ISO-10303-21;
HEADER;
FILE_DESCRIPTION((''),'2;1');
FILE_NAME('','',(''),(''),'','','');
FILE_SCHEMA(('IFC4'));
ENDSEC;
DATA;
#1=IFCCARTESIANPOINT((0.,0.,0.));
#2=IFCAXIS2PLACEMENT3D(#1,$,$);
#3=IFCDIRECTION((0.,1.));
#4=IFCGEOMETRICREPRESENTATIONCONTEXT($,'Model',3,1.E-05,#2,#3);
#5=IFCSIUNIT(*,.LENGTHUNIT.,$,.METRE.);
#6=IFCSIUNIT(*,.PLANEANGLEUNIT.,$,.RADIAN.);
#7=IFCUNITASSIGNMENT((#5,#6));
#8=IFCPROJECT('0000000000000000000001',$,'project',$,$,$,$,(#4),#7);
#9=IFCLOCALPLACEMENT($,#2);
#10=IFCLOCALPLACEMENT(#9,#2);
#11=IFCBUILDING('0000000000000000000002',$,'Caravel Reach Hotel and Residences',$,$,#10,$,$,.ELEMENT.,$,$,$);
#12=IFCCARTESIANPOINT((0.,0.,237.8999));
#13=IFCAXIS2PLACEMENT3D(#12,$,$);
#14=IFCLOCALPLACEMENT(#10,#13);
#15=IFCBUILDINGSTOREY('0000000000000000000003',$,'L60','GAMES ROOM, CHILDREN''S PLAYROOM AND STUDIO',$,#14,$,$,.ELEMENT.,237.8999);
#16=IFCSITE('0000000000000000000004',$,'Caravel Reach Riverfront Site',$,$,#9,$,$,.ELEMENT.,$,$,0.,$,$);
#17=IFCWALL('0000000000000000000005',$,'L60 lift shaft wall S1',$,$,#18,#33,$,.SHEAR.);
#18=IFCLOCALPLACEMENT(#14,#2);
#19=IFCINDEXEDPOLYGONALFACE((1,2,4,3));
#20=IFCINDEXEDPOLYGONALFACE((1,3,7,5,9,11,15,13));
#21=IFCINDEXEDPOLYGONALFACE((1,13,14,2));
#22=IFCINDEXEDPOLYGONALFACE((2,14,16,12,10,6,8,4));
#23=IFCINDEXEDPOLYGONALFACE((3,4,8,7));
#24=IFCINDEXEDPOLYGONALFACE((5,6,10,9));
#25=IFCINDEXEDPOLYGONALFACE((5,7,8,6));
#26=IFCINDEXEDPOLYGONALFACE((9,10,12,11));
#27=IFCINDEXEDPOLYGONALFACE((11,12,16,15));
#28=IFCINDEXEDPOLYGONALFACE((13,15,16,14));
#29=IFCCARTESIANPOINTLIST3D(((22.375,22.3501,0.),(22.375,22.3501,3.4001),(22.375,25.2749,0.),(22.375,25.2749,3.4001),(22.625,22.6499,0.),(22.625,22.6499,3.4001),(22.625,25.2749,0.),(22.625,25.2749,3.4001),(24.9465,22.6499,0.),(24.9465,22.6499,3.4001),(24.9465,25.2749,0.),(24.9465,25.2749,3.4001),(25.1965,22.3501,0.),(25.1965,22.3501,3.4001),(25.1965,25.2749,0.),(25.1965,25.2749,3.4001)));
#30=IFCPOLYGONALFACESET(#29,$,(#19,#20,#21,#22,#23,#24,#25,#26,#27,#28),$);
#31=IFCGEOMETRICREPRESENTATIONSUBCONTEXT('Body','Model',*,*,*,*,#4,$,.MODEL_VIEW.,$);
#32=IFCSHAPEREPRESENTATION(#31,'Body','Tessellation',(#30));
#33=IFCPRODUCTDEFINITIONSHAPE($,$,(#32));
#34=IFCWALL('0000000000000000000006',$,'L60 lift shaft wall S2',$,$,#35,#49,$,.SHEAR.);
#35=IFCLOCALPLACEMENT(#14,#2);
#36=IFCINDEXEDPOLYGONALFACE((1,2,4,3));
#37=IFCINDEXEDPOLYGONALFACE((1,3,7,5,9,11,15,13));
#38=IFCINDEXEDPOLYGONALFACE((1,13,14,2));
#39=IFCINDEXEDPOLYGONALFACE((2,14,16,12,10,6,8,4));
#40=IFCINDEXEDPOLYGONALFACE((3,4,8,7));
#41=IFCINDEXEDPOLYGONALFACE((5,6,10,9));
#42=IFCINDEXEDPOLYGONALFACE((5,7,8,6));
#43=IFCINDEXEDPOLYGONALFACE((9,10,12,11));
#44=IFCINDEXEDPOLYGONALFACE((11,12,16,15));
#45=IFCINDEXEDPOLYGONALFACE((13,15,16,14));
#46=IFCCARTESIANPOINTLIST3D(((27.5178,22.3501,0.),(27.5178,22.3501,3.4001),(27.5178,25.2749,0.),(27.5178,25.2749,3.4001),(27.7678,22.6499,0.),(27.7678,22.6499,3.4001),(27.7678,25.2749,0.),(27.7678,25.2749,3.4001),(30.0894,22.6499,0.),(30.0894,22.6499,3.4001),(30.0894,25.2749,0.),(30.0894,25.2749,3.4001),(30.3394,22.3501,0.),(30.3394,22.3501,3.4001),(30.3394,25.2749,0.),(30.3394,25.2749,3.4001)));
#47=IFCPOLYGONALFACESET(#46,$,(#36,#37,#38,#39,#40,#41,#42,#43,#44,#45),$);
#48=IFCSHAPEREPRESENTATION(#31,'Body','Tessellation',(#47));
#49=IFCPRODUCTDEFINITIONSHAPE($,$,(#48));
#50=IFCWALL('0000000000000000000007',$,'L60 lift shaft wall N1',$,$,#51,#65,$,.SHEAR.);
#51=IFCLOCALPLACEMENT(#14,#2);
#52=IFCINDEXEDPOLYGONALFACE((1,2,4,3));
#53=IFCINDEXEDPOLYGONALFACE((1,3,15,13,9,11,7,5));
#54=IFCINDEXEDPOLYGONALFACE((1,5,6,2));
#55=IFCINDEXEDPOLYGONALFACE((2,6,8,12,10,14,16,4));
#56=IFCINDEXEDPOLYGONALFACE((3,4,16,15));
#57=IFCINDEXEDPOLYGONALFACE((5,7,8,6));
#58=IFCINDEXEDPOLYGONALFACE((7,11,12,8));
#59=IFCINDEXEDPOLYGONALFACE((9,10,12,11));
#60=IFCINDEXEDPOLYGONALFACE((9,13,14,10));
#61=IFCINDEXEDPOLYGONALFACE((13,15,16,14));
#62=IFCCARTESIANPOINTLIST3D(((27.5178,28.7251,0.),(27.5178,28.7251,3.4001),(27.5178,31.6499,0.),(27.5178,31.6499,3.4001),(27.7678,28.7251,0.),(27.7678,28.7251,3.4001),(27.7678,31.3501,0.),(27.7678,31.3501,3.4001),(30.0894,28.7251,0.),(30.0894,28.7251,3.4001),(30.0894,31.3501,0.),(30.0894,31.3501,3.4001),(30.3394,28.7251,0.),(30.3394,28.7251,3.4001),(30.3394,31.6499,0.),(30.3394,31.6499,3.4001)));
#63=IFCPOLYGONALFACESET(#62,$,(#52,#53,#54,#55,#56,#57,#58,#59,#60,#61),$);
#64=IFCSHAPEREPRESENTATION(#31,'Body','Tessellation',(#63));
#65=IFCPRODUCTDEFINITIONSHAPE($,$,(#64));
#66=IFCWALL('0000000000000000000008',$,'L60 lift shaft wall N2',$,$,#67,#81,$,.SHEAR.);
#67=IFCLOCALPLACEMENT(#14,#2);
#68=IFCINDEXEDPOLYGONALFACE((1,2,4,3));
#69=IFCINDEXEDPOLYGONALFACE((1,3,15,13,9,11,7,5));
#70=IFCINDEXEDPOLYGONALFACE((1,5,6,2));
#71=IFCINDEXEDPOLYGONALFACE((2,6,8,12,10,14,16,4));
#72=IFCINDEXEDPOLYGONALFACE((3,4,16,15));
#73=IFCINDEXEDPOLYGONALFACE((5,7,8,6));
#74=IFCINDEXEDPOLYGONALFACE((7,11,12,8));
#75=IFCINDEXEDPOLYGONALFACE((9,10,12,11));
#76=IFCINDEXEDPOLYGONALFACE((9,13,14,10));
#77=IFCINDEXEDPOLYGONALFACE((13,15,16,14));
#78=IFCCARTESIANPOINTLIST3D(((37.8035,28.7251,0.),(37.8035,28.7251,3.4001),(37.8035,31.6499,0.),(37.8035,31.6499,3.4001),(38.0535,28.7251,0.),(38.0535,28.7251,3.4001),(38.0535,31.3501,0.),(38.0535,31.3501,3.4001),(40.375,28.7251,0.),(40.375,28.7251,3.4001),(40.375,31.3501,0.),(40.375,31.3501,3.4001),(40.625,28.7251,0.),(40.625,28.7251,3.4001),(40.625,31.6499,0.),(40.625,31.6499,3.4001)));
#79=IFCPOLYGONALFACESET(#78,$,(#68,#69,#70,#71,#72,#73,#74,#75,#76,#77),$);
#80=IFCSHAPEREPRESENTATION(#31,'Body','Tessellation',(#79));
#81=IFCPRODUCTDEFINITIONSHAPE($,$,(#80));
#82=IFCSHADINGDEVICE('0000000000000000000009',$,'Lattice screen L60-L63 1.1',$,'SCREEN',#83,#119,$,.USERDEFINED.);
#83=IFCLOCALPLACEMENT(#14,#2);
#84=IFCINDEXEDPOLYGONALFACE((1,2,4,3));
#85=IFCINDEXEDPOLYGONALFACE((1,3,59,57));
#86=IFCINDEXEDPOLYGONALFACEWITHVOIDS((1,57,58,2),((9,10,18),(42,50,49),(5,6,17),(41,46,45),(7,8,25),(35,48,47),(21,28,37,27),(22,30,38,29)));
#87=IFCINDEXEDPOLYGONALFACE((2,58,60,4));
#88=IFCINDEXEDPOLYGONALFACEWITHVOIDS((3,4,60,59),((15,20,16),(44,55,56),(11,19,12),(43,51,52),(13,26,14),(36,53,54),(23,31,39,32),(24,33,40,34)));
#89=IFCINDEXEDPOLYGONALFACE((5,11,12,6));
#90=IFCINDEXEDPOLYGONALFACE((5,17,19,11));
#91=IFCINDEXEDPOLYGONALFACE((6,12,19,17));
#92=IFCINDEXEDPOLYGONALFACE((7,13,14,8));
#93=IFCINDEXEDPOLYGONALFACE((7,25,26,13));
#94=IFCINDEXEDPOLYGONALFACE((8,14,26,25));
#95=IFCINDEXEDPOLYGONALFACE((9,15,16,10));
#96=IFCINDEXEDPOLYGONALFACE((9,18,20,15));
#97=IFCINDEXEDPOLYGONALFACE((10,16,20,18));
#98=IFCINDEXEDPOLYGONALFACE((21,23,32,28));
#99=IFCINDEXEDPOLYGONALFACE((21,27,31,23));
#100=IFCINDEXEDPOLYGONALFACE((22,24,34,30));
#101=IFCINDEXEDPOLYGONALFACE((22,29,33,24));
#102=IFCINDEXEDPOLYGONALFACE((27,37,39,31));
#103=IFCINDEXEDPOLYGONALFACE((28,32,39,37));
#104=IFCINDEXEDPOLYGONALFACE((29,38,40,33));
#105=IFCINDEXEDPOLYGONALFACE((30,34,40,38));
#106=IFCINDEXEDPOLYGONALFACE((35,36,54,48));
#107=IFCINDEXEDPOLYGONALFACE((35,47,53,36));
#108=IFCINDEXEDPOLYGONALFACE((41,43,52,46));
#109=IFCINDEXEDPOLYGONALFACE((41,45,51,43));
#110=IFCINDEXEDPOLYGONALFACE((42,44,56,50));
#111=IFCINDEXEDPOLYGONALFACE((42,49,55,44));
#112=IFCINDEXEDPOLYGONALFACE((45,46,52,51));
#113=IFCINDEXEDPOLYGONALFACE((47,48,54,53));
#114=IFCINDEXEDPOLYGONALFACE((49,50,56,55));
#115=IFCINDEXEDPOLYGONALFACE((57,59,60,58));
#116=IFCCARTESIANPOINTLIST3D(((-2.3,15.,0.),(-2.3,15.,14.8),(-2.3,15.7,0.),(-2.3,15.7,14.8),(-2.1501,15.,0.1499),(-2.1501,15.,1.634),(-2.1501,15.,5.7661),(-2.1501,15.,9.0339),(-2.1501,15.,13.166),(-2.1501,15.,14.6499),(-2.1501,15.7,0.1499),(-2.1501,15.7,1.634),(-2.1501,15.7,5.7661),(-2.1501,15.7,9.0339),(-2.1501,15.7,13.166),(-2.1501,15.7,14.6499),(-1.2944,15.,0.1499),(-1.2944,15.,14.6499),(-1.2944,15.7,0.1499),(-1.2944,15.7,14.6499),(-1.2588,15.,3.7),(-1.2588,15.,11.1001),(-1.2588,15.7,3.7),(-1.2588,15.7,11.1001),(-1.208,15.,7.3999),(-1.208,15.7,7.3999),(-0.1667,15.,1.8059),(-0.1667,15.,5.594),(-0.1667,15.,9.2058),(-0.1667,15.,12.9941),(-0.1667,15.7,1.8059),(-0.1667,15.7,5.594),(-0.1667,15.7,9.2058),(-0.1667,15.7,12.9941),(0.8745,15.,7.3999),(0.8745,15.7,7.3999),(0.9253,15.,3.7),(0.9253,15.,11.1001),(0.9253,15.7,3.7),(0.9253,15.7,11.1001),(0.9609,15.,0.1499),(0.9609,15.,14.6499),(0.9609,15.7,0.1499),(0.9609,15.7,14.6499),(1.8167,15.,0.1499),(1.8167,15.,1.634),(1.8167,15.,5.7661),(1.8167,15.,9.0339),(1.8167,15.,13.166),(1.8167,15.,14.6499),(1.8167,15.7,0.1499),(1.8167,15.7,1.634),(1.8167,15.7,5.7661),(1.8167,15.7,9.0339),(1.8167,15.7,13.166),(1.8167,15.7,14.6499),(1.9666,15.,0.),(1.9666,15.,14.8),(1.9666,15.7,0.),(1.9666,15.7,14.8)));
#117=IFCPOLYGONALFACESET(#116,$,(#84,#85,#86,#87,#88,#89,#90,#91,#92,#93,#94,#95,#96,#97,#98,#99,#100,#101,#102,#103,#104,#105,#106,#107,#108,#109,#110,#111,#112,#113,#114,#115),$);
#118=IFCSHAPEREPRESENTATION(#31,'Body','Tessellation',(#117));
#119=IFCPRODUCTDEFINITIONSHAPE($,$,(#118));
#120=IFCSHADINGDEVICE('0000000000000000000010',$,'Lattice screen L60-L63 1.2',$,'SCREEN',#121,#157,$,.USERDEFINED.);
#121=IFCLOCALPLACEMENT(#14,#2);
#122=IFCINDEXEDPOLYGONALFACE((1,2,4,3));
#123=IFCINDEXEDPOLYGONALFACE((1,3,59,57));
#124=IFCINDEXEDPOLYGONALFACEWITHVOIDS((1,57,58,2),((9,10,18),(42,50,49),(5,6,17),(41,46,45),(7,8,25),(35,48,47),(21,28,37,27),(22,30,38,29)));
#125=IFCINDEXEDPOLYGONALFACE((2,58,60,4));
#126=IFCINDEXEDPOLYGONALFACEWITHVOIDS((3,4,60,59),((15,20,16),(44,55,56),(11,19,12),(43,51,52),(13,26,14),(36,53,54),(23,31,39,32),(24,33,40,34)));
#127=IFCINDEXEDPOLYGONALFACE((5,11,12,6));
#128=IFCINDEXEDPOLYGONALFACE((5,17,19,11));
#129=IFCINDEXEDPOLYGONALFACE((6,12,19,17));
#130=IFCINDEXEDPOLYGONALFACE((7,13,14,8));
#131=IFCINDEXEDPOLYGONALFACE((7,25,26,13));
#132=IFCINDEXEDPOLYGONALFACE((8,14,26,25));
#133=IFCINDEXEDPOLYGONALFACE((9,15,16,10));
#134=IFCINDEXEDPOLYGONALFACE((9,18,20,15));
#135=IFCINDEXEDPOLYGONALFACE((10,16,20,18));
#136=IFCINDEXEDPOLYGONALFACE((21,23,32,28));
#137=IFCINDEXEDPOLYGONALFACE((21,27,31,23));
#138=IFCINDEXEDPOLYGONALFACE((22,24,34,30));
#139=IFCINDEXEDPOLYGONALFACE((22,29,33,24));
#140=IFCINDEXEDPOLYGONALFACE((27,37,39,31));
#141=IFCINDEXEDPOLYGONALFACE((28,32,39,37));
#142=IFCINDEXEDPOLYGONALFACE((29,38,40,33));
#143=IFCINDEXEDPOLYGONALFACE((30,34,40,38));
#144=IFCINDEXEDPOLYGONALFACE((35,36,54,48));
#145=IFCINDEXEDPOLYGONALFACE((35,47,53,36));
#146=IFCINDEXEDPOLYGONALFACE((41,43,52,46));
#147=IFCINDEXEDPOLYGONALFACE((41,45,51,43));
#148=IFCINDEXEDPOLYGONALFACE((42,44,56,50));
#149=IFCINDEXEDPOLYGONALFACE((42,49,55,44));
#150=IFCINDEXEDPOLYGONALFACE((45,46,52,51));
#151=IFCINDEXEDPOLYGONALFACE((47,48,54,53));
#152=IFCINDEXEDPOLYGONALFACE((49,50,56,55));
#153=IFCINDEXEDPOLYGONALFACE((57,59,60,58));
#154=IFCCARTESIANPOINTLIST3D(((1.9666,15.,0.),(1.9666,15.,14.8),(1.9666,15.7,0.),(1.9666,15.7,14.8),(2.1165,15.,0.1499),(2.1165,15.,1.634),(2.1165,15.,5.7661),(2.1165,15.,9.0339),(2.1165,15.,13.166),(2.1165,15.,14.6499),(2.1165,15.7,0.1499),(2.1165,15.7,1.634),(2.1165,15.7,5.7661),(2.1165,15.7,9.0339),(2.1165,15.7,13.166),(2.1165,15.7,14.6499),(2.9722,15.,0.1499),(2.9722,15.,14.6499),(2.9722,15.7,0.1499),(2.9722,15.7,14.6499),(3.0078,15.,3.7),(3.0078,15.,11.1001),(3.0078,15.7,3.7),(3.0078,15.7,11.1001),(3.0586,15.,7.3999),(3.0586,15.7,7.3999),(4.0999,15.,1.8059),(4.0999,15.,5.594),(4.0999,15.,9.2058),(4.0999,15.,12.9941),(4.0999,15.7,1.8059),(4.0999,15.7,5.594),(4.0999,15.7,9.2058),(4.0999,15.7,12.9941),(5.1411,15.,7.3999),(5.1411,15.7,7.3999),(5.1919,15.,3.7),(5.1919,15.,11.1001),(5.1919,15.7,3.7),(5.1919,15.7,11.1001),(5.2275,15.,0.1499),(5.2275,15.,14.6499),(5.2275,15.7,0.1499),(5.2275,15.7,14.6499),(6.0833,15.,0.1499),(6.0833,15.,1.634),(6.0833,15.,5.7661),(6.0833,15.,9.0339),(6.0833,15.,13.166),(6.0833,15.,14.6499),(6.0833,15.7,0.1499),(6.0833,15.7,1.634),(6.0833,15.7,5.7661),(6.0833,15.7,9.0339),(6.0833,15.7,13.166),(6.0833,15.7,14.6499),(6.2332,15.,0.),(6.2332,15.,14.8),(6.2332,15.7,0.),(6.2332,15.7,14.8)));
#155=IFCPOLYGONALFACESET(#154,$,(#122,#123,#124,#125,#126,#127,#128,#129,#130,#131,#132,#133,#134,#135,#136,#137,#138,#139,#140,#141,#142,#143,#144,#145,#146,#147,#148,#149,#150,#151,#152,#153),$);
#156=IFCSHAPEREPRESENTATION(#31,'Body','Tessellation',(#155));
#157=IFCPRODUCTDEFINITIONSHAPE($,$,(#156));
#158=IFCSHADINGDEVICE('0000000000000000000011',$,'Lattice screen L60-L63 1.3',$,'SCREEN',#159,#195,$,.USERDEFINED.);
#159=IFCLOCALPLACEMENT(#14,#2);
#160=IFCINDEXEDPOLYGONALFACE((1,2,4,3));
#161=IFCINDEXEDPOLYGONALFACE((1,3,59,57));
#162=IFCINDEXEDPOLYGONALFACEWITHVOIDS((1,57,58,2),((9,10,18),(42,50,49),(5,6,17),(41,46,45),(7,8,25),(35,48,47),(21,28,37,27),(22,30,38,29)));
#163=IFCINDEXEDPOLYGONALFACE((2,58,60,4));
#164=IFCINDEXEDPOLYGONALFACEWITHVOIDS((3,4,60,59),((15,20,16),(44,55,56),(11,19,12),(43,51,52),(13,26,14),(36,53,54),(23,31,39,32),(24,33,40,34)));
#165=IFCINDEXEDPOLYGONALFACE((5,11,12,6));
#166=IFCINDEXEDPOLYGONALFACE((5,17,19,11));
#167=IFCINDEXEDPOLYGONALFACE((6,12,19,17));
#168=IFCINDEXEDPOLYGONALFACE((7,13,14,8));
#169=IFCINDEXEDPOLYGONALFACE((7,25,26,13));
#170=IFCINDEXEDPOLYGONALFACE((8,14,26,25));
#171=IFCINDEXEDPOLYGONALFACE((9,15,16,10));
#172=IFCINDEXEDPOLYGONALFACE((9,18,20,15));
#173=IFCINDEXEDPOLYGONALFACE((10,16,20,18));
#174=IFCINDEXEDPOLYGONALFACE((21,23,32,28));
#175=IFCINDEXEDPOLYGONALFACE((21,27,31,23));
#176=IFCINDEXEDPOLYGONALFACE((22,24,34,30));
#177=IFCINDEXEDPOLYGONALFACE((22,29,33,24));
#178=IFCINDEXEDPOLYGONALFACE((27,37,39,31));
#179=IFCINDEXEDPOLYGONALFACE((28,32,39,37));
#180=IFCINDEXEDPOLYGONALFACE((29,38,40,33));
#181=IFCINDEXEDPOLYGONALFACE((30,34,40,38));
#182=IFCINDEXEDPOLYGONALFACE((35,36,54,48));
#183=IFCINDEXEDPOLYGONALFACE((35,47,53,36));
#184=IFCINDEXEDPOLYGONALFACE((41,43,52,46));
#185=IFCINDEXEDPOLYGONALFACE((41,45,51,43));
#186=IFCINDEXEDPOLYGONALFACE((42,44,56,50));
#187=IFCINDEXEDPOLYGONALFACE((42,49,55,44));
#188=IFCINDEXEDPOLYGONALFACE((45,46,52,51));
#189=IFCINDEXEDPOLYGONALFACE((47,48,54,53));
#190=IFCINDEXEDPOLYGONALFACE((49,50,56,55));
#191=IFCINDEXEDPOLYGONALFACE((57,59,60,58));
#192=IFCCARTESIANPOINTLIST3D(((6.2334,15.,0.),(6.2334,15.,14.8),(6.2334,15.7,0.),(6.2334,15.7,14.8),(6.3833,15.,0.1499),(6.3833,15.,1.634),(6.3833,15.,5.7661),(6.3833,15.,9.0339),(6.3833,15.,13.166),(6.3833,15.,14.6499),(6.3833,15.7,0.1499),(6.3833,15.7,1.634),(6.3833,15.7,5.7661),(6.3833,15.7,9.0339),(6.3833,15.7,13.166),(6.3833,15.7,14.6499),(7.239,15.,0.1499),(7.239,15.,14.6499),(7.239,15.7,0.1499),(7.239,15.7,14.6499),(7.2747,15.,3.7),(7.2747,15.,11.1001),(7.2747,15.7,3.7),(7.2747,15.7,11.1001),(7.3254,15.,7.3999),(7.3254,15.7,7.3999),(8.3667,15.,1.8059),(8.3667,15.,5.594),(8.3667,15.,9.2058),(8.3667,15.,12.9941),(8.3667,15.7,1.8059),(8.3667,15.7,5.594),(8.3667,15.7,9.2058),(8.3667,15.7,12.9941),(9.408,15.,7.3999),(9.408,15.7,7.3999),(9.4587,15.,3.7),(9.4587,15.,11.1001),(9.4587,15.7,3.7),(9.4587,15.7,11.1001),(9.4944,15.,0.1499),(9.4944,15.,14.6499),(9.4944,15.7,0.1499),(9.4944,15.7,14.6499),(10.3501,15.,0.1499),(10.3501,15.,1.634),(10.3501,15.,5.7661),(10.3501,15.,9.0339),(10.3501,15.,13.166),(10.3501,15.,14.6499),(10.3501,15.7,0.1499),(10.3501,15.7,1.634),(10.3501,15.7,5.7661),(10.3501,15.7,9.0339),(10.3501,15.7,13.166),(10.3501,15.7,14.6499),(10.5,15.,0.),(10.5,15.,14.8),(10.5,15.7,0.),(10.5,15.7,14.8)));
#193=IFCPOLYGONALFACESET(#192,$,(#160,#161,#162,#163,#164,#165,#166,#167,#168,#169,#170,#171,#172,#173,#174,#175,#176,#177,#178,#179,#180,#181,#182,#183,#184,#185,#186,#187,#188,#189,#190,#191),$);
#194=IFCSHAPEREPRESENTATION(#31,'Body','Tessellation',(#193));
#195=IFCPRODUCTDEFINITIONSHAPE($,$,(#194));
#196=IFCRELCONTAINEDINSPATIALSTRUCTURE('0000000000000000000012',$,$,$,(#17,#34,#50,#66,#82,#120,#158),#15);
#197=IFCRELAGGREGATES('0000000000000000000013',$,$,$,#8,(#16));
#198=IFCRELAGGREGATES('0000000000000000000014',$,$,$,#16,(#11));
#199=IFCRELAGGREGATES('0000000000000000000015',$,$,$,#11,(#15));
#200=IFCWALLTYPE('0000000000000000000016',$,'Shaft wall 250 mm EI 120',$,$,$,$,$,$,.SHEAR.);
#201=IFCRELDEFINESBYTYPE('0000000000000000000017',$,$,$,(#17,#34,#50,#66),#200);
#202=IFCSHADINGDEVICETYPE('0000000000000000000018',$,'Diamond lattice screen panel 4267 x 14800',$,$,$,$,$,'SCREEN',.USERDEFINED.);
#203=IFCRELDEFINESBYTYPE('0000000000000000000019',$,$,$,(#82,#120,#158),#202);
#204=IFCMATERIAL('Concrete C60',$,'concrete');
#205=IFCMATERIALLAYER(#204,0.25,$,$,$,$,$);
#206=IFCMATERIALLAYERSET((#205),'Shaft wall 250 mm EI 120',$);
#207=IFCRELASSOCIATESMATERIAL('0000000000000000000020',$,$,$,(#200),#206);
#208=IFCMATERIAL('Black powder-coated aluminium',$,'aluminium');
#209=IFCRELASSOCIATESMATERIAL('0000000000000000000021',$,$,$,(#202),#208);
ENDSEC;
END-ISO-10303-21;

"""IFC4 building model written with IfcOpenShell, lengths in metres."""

from ifc_helpers import new_model, si_unit, direction, frame, origin, place, context, subcontext, project, spatial, polyline, outline, extrude, material, layer, layer_set, type_object, element, save


model = new_model("IFC4")

# Units and contexts
model_context = context("Model", 3, precision=1e-05, world=origin(), true_north=direction((0.0, 1.0)))
body_context = subcontext(model_context, "Body", "Model", "MODEL_VIEW")
ifc_project = project(units=[si_unit("LENGTHUNIT", "METRE"), si_unit("PLANEANGLEUNIT", "RADIAN")], contexts=[model_context])

# Site, building, storey
site_placement = place(None, origin())
site = spatial("IfcSite", under=ifc_project, at=site_placement, Name="Caravel Reach Riverfront Site", CompositionType="ELEMENT", RefElevation=0.0)
building_placement = place(site_placement, origin())
building = spatial("IfcBuilding", under=site, at=building_placement, Name="Caravel Reach Hotel and Residences", CompositionType="ELEMENT")
storey_placement = place(building_placement, frame((0.0, 0.0, 237.8999)))
storey = spatial("IfcBuildingStorey", under=building, at=storey_placement, Name="L60", Description="GAMES ROOM, CHILDREN'S PLAYROOM AND STUDIO", CompositionType="ELEMENT", Elevation=237.8999)

# Walls
ifc_material_1 = material(Name="Concrete C60", Category="concrete")
ifc_layer_1 = layer(ifc_material_1, 0.25)
ifc_layer_set_1 = layer_set([ifc_layer_1], Name="Shaft wall 250 mm EI 120")
wall_type_1 = type_object("IfcWallType", Name="Shaft wall 250 mm EI 120", PredefinedType="SHEAR", material=ifc_layer_set_1)
wall_1_placement = place(storey_placement, origin())
element("IfcWall", 1, at=wall_1_placement, inside=storey, type_object=wall_type_1, Name="L60 lift shaft wall S1", PredefinedType="SHEAR", context=body_context, shape_type="SweptSolid", body=[
    extrude(outline(polyline([(22.375, 22.3501), (25.1965, 22.3501), (25.1965, 25.2749), (24.9465, 25.2749), (24.9465, 22.6499), (22.625, 22.6499), (22.625, 25.2749), (22.375, 25.2749), (22.375, 22.3501)])), origin(), (0.0, 0.0, 1.0), 3.4001),
])
wall_2_placement = place(storey_placement, origin())
element("IfcWall", 2, at=wall_2_placement, inside=storey, type_object=wall_type_1, Name="L60 lift shaft wall S2", PredefinedType="SHEAR", context=body_context, shape_type="SweptSolid", body=[
    extrude(outline(polyline([(27.5178, 22.3501), (30.3394, 22.3501), (30.3394, 25.2749), (30.0894, 25.2749), (30.0894, 22.6499), (27.7678, 22.6499), (27.7678, 25.2749), (27.5178, 25.2749), (27.5178, 22.3501)])), origin(), (0.0, 0.0, 1.0), 3.4001),
])
wall_3_placement = place(storey_placement, origin())
element("IfcWall", 3, at=wall_3_placement, inside=storey, type_object=wall_type_1, Name="L60 lift shaft wall N1", PredefinedType="SHEAR", context=body_context, shape_type="SweptSolid", body=[
    extrude(outline(polyline([(27.5178, 28.7251), (27.7678, 28.7251), (27.7678, 31.3501), (30.0894, 31.3501), (30.0894, 28.7251), (30.3394, 28.7251), (30.3394, 31.6499), (27.5178, 31.6499), (27.5178, 28.7251)])), origin(), (0.0, 0.0, 1.0), 3.4001),
])
wall_4_placement = place(storey_placement, origin())
element("IfcWall", 4, at=wall_4_placement, inside=storey, type_object=wall_type_1, Name="L60 lift shaft wall N2", PredefinedType="SHEAR", context=body_context, shape_type="SweptSolid", body=[
    extrude(outline(polyline([(37.8035, 28.7251), (38.0535, 28.7251), (38.0535, 31.3501), (40.375, 31.3501), (40.375, 28.7251), (40.625, 28.7251), (40.625, 31.6499), (37.8035, 31.6499), (37.8035, 28.7251)])), origin(), (0.0, 0.0, 1.0), 3.4001),
])

# Shading devices
ifc_material_2 = material(Name="Black powder-coated aluminium", Category="aluminium")
shading_device_type_1 = type_object("IfcShadingDeviceType", Name="Diamond lattice screen panel 4267 x 14800", ElementType="SCREEN", PredefinedType="USERDEFINED", material=ifc_material_2)
for number, where, z_axis, x_axis, name in (
    (5, (-2.3, 15.7, 0.0), (0.0, -1.0, 0.0), (1.0, 0.0, 0.0), "Lattice screen L60-L63 1.1"),
    (6, (1.9666, 15.7, 0.0), (0.0, -1.0, 0.0), (1.0, 0.0, 0.0), "Lattice screen L60-L63 1.2"),
    (7, (6.2334, 15.7, 0.0), (0.0, -1.0, 0.0), (1.0, 0.0, 0.0), "Lattice screen L60-L63 1.3"),
):
    element("IfcShadingDevice", number, at=place(storey_placement, frame(where, z_axis=z_axis, x_axis=x_axis)), inside=storey, type_object=shading_device_type_1, Name=name, ObjectType="SCREEN", PredefinedType="USERDEFINED", context=body_context, shape_type="SweptSolid", body=[
        extrude(outline(polyline([(0.0, 0.0), (4.2666, 0.0), (4.2666, 14.8), (0.0, 14.8), (0.0, 0.0)]), holes=[polyline([(1.0056, 0.1499), (0.1499, 1.634), (0.1499, 0.1499), (1.0056, 0.1499)]), polyline([(1.092, 7.3999), (0.1499, 9.0339), (0.1499, 5.7661), (1.092, 7.3999)]), polyline([(0.1499, 13.166), (1.0056, 14.6499), (0.1499, 14.6499), (0.1499, 13.166)]), polyline([(2.1333, 5.594), (1.0413, 3.7), (2.1333, 1.8059), (3.2253, 3.7), (2.1333, 5.594)]), polyline([(2.1333, 12.9941), (1.0413, 11.1001), (2.1333, 9.2058), (3.2253, 11.1001), (2.1333, 12.9941)]), polyline([(4.1167, 1.634), (3.261, 0.1499), (4.1167, 0.1499), (4.1167, 1.634)]), polyline([(3.1746, 7.3999), (4.1167, 5.7661), (4.1167, 9.0339), (3.1746, 7.3999)]), polyline([(3.261, 14.6499), (4.1167, 13.166), (4.1167, 14.6499), (3.261, 14.6499)])]), origin(), (0.0, 0.0, 1.0), 0.7),
    ])

save(model, "model.ifc")
